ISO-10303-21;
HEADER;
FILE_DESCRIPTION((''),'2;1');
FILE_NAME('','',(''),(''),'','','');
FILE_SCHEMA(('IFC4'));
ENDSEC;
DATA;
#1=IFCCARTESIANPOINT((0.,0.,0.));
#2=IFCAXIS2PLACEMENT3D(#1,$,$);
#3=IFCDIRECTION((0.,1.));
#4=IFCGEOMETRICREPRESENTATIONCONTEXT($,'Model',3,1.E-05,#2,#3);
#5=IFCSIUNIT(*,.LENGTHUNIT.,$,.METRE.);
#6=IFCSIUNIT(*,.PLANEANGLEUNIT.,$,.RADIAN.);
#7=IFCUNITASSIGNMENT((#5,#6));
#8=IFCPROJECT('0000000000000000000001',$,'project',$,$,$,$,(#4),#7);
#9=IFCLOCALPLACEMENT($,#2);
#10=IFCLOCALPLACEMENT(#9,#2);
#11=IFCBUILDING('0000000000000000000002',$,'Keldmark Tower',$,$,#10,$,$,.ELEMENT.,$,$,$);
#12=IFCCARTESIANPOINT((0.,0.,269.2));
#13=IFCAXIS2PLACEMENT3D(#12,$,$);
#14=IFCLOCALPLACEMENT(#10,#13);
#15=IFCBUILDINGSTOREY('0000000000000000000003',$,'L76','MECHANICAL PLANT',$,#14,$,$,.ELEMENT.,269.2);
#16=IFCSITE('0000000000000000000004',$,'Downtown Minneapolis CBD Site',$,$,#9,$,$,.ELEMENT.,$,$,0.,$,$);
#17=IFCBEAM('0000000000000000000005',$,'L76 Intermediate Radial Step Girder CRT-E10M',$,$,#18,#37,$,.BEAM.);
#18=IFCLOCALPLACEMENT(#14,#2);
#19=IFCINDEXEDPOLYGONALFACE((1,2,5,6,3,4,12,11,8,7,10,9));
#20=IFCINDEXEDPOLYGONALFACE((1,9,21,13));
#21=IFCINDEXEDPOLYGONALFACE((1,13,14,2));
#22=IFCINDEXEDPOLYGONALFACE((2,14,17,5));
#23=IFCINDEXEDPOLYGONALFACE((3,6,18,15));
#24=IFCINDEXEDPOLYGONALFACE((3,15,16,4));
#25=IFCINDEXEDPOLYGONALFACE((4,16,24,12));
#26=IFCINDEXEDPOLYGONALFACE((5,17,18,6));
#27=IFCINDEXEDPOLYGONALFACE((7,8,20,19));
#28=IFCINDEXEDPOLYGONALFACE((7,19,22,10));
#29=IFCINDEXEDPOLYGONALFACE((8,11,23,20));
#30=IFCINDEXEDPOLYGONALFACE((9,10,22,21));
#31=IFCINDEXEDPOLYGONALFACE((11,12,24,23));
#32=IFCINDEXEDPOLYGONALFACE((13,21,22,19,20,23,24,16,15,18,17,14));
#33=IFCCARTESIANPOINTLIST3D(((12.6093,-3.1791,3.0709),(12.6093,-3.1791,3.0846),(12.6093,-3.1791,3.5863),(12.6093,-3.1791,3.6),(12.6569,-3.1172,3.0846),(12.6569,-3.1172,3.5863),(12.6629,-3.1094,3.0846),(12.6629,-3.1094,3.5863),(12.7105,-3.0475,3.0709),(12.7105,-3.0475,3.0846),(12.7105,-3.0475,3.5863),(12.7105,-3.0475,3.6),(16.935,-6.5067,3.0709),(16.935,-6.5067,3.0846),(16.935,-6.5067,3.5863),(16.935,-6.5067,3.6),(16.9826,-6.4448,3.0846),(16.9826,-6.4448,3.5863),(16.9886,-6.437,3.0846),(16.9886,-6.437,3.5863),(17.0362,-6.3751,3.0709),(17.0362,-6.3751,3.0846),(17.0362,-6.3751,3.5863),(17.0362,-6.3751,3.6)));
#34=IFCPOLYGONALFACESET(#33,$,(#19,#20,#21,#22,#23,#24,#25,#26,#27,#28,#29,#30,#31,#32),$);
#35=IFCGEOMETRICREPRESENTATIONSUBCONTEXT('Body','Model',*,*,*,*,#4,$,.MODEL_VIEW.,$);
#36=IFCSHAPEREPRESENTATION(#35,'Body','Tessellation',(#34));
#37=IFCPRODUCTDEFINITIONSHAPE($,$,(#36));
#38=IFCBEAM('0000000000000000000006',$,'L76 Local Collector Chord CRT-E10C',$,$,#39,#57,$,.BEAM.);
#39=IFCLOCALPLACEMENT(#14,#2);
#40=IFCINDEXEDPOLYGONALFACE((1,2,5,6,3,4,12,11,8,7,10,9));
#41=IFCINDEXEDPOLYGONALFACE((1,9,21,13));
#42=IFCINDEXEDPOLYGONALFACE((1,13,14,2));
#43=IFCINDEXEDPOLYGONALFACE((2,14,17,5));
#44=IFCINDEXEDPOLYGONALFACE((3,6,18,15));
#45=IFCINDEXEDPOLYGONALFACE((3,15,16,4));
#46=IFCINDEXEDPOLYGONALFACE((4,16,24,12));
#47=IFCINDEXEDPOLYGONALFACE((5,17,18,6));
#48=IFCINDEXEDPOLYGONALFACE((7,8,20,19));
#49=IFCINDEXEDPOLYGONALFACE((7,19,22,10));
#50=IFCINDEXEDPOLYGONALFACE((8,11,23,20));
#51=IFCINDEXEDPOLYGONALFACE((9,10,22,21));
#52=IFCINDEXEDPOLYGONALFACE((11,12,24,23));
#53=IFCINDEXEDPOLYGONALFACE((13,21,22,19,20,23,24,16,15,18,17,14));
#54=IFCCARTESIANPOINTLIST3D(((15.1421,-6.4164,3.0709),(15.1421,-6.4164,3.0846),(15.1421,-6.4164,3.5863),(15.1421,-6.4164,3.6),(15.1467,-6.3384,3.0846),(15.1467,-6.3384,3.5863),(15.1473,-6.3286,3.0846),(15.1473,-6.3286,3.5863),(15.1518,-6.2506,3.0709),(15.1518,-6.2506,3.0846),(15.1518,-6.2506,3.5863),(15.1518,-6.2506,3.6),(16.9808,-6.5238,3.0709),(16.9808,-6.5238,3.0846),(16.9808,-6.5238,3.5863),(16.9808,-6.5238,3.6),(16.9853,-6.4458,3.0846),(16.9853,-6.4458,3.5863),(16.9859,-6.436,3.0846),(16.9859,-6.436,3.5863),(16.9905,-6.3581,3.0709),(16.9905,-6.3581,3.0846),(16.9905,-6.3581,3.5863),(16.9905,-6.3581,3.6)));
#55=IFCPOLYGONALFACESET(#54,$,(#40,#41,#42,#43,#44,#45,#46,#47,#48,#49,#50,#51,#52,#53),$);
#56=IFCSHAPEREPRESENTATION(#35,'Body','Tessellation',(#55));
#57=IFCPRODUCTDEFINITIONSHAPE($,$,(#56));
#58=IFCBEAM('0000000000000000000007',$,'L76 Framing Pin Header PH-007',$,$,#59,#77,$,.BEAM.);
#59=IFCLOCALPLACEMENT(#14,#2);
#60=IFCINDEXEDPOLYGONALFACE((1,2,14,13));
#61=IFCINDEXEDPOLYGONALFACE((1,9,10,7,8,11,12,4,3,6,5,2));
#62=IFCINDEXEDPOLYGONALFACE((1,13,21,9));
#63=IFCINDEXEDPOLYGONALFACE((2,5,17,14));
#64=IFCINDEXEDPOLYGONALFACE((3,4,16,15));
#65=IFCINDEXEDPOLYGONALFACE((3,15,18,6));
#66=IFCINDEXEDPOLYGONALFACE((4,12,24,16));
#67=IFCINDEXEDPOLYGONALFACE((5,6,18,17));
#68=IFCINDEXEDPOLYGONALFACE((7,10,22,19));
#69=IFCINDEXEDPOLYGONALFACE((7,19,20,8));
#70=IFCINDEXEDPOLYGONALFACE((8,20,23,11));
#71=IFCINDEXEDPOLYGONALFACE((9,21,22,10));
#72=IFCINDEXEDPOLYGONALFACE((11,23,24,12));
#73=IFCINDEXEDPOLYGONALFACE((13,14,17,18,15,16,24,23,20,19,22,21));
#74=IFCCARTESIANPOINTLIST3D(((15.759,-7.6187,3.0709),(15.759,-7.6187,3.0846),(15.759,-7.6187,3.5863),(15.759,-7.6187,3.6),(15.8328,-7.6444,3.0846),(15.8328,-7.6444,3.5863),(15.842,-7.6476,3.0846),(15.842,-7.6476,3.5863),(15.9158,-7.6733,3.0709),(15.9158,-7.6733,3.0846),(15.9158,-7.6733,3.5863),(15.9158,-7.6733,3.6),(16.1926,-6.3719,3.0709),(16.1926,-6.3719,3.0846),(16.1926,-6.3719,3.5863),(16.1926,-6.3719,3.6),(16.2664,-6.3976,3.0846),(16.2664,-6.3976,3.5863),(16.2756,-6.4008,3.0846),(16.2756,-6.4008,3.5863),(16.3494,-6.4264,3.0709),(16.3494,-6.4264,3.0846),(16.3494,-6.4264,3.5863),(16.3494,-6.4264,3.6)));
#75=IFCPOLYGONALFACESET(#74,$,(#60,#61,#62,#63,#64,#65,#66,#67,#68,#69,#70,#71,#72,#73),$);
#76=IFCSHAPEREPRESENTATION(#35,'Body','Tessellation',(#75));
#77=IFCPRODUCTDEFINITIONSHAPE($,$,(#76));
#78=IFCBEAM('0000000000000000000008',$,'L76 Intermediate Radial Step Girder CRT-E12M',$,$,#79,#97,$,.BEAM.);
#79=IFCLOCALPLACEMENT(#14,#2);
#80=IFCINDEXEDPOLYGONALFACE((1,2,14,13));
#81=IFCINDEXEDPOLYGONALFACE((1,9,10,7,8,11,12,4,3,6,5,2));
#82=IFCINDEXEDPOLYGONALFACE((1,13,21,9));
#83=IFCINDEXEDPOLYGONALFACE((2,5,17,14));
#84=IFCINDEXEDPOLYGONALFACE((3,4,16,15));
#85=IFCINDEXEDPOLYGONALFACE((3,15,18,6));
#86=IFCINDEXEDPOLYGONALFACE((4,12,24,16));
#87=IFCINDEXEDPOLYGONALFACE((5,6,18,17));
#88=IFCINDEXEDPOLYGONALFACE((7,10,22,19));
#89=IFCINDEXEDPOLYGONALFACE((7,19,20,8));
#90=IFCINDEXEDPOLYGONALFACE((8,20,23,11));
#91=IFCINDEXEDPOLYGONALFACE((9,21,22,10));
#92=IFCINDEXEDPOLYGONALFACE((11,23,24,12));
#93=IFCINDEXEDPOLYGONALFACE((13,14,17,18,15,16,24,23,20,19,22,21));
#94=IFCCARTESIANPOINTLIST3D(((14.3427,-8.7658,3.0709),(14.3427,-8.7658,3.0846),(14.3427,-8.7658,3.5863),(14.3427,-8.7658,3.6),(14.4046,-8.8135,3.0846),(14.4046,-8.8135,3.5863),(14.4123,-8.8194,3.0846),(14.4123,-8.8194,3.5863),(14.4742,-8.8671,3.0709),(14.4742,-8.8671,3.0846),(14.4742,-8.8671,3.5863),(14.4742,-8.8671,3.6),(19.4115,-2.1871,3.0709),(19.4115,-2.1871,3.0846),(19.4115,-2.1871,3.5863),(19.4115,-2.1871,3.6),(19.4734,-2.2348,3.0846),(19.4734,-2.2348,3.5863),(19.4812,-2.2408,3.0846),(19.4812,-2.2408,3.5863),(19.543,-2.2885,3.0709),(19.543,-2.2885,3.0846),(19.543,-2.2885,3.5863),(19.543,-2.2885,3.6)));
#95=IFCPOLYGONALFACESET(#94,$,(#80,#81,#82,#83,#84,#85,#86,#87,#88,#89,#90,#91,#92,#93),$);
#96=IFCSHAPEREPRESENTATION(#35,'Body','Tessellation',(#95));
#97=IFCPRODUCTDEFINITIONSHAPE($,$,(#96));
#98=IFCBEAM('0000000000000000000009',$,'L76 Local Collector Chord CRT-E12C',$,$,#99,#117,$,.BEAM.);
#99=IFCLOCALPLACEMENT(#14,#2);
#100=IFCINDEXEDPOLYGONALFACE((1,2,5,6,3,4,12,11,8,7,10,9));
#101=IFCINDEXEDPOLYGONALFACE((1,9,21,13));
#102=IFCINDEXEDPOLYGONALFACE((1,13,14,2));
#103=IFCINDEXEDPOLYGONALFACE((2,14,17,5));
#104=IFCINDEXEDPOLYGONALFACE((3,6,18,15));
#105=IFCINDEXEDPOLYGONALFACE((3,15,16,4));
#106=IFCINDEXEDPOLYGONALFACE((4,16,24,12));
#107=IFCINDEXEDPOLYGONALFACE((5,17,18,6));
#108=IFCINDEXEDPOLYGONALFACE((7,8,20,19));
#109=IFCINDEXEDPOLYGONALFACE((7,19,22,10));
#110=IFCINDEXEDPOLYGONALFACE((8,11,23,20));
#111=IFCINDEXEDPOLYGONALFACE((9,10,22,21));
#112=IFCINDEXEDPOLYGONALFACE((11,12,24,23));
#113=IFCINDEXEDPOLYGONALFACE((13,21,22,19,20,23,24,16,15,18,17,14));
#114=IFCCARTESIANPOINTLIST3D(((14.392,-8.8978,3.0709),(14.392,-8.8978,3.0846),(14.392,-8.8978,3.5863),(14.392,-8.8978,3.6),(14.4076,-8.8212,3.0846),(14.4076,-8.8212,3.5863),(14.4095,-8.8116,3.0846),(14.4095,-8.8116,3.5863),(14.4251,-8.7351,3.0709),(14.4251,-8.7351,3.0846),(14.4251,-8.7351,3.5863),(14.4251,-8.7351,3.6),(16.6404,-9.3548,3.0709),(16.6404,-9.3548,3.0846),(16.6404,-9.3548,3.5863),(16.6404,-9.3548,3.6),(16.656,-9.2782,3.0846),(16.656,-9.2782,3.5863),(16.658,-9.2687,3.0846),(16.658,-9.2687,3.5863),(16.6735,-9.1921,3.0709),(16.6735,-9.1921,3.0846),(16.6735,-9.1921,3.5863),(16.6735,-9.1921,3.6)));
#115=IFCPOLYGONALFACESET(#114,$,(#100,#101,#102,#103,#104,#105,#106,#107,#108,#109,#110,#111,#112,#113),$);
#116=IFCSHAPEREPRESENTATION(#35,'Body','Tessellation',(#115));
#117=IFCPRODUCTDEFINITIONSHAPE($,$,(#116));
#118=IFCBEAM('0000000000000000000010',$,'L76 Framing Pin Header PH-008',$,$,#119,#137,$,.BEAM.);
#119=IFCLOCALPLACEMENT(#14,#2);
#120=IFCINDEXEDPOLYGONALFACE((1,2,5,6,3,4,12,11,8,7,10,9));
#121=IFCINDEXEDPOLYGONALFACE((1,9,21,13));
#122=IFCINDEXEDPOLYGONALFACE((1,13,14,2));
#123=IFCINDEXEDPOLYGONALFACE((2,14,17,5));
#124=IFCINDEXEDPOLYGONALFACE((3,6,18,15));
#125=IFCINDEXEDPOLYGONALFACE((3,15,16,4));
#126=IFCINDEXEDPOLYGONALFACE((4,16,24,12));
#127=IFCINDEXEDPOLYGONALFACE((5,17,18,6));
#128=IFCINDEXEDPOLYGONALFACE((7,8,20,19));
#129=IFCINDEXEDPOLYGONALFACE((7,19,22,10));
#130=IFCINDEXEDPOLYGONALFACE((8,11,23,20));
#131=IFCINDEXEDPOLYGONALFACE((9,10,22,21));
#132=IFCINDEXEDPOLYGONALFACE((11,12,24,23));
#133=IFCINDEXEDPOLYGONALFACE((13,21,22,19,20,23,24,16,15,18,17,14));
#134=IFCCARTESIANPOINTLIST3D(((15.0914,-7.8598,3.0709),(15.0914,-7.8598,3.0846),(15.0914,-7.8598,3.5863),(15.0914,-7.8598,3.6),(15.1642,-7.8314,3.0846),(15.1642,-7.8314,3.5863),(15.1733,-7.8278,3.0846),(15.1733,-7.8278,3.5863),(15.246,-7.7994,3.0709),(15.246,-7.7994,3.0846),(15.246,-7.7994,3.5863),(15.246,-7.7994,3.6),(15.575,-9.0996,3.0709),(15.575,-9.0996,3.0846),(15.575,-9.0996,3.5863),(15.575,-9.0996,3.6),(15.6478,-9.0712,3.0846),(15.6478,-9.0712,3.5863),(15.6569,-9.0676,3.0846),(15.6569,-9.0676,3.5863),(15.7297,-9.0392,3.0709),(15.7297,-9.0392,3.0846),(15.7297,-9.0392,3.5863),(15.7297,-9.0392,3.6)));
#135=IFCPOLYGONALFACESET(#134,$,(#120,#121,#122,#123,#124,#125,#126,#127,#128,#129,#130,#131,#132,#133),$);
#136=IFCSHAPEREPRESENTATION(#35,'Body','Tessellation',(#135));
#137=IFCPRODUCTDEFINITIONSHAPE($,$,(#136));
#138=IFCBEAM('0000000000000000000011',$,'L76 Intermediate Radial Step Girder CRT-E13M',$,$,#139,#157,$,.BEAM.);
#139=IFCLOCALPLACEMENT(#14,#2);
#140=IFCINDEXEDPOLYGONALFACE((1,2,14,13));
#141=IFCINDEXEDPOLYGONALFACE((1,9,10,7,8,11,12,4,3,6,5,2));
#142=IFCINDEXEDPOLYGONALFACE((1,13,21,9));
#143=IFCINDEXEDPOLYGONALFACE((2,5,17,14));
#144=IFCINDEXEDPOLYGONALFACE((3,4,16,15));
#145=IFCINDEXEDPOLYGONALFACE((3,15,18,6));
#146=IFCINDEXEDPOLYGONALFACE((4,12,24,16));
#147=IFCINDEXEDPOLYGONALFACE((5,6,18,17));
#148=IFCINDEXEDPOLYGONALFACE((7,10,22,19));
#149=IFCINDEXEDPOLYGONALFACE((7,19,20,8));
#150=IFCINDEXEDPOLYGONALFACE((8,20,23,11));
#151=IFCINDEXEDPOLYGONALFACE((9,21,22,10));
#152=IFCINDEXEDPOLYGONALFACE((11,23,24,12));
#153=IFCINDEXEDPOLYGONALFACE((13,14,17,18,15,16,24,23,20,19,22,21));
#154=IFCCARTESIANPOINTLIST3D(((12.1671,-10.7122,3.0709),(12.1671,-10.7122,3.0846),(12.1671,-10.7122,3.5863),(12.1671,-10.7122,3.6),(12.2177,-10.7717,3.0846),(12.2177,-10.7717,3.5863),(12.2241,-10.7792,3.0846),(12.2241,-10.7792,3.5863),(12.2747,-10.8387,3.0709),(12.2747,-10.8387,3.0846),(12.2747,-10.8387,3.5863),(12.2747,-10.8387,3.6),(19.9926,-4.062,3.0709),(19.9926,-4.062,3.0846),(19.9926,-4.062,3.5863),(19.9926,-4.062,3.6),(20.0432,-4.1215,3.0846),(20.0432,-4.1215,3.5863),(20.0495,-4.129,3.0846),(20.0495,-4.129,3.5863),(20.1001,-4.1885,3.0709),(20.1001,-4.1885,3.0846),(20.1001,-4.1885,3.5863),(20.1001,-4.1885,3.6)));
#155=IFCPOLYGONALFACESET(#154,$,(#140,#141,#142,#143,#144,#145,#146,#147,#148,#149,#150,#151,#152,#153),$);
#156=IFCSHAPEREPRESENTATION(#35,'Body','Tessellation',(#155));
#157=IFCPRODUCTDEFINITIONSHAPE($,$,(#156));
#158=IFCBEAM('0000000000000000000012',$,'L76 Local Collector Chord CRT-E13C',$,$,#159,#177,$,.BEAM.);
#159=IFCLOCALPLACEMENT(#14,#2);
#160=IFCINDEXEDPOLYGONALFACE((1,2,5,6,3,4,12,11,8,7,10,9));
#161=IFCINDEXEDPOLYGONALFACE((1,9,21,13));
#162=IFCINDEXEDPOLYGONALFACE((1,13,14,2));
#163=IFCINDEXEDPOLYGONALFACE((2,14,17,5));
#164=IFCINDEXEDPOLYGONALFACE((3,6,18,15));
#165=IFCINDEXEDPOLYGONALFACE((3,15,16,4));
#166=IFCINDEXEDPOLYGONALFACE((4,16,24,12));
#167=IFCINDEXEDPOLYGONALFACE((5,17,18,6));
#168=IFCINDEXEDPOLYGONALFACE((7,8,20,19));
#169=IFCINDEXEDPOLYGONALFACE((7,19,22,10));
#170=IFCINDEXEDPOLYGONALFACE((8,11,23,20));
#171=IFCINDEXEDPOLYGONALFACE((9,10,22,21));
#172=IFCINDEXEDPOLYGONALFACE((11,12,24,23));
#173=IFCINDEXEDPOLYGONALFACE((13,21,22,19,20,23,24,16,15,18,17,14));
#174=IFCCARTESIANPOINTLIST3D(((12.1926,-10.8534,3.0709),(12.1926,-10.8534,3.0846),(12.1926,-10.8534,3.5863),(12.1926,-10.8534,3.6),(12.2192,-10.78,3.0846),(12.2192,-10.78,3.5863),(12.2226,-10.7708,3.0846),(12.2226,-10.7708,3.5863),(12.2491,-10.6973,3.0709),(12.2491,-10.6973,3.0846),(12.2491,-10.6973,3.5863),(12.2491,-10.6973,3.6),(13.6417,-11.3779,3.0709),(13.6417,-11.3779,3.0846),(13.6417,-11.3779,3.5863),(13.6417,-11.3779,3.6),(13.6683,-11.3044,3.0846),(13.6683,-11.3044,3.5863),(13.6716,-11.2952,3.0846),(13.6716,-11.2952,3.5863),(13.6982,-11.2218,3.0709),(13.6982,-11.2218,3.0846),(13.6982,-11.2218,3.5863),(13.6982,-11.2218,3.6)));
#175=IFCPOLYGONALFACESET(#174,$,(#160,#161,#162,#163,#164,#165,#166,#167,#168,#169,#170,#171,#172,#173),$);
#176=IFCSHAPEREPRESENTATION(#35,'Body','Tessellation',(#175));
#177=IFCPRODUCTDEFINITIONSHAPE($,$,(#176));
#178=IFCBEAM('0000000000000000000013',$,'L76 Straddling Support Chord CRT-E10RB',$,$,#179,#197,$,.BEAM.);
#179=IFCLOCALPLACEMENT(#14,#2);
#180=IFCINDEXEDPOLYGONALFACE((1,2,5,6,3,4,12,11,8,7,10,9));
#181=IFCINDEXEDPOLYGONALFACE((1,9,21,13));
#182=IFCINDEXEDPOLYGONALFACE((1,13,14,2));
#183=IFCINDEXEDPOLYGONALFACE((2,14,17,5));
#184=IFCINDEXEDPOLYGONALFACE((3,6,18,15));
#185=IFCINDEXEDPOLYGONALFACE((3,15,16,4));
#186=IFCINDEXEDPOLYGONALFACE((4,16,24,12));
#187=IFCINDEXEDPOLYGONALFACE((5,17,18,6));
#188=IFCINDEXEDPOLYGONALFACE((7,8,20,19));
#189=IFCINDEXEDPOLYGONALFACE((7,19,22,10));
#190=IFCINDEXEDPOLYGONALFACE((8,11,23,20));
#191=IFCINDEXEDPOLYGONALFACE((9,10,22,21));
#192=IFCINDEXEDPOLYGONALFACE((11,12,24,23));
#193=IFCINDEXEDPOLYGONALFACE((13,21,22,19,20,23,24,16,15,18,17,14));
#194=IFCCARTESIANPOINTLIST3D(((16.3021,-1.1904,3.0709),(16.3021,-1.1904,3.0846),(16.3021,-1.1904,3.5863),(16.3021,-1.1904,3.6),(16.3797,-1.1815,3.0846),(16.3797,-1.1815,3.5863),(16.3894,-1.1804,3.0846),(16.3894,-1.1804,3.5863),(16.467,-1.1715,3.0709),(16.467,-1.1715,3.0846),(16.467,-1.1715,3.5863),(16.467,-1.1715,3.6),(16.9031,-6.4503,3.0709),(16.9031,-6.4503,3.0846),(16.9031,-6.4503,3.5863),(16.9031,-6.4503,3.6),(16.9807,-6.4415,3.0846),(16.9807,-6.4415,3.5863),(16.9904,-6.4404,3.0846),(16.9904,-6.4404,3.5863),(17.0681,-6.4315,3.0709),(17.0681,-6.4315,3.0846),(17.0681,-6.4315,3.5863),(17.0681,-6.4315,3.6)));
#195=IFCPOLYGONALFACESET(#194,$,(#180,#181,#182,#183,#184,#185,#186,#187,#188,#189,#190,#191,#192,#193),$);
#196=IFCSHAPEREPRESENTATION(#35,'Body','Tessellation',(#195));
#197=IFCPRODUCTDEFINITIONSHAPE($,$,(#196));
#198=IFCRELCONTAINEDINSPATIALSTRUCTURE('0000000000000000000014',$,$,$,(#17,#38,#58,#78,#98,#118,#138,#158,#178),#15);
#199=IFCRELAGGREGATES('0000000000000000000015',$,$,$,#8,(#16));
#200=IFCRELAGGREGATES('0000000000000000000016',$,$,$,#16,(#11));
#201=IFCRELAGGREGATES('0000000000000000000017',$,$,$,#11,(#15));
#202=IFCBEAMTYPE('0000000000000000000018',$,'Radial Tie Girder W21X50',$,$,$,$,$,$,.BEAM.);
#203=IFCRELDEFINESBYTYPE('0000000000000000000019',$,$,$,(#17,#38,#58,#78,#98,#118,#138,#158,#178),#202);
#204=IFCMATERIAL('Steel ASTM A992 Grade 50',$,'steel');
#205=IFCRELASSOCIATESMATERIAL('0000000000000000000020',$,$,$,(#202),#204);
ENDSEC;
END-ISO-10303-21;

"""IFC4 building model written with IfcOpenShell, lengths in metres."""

from ifc_helpers import new_model, si_unit, direction, frame, origin, origin_2d, place, context, subcontext, project, spatial, i_section, extrude, material, material_profile, profile_set, type_object, element, save


model = new_model("IFC4")

# Units and contexts
model_context = context("Model", 3, precision=1e-05, world=origin(), true_north=direction((0.0, 1.0)))
body_context = subcontext(model_context, "Body", "Model", "MODEL_VIEW")
ifc_project = project(units=[si_unit("LENGTHUNIT", "METRE"), si_unit("PLANEANGLEUNIT", "RADIAN")], contexts=[model_context])

# Site, building, storey
site_placement = place(None, origin())
site = spatial("IfcSite", under=ifc_project, at=site_placement, Name="Downtown Minneapolis CBD Site", CompositionType="ELEMENT", RefElevation=0.0)
building_placement = place(site_placement, origin())
building = spatial("IfcBuilding", under=site, at=building_placement, Name="Keldmark Tower", CompositionType="ELEMENT")
storey_placement = place(building_placement, frame((0.0, 0.0, 269.2)))
storey = spatial("IfcBuildingStorey", under=building, at=storey_placement, Name="L76", Description="MECHANICAL PLANT", CompositionType="ELEMENT", Elevation=269.2)

# Beams
ifc_material_1 = material(Name="Steel ASTM A992 Grade 50", Category="steel")
ifc_material_profile_1 = material_profile(ifc_material_1, i_section(OverallWidth=0.166, OverallDepth=0.5291, WebThickness=0.0098, FlangeThickness=0.0137, at=origin_2d()), Name="W21X50")
ifc_profile_set_1 = profile_set([ifc_material_profile_1], Name="Steel ASTM A992 Grade 50")
beam_type_1 = type_object("IfcBeamType", Name="Radial Tie Girder W21X50", PredefinedType="BEAM", material=ifc_profile_set_1)
beam_1_placement = place(storey_placement, frame((12.6599, -3.1133, 3.3354), z_axis=(0.792607, -0.609732, 0.0), x_axis=(0.609732, 0.792607, 0.0)))
element("IfcBeam", 1, at=beam_1_placement, inside=storey, type_object=beam_type_1, Name="L76 Intermediate Radial Step Girder CRT-E10M", PredefinedType="BEAM", context=body_context, shape_type="SweptSolid", body=[
    extrude(i_section(OverallWidth=0.166, OverallDepth=0.5291, WebThickness=0.0098, FlangeThickness=0.0137, at=origin_2d()), origin(), (0.0, 0.0, 1.0), 5.4575),
])
beam_2_placement = place(storey_placement, frame((15.147, -6.3335, 3.3354), z_axis=(0.998298, -0.058326, 0.0), x_axis=(0.058326, 0.998298, 0.0)))
element("IfcBeam", 2, at=beam_2_placement, inside=storey, type_object=beam_type_1, Name="L76 Local Collector Chord CRT-E10C", PredefinedType="BEAM", context=body_context, shape_type="SweptSolid", body=[
    extrude(i_section(OverallWidth=0.166, OverallDepth=0.5291, WebThickness=0.0098, FlangeThickness=0.0137, at=origin_2d()), origin(), (0.0, 0.0, 1.0), 1.8418),
])
beam_3_placement = place(storey_placement, frame((15.8374, -7.646, 3.3354), z_axis=(0.328463, 0.944517, 0.0), x_axis=(-0.944517, 0.328463, 0.0)))
element("IfcBeam", 3, at=beam_3_placement, inside=storey, type_object=beam_type_1, Name="L76 Framing Pin Header PH-007", PredefinedType="BEAM", context=body_context, shape_type="SweptSolid", body=[
    extrude(i_section(OverallWidth=0.166, OverallDepth=0.5291, WebThickness=0.0098, FlangeThickness=0.0137, at=origin_2d()), origin(), (0.0, 0.0, 1.0), 1.3201),
])
beam_4_placement = place(storey_placement, frame((19.4773, -2.2378, 3.3354), z_axis=(-0.610344, -0.792136, 0.0), x_axis=(0.792136, -0.610344, 0.0)))
element("IfcBeam", 4, at=beam_4_placement, inside=storey, type_object=beam_type_1, Name="L76 Intermediate Radial Step Girder CRT-E12M", PredefinedType="BEAM", context=body_context, shape_type="SweptSolid", body=[
    extrude(i_section(OverallWidth=0.166, OverallDepth=0.5291, WebThickness=0.0098, FlangeThickness=0.0137, at=origin_2d()), origin(), (0.0, 0.0, 1.0), 8.3049),
])
beam_5_placement = place(storey_placement, frame((16.657, -9.2734, 3.3354), z_axis=(-0.979962, 0.199184, 0.0), x_axis=(-0.199184, -0.979962, 0.0)))
element("IfcBeam", 5, at=beam_5_placement, inside=storey, type_object=beam_type_1, Name="L76 Local Collector Chord CRT-E12C", PredefinedType="BEAM", context=body_context, shape_type="SweptSolid", body=[
    extrude(i_section(OverallWidth=0.166, OverallDepth=0.5291, WebThickness=0.0098, FlangeThickness=0.0137, at=origin_2d()), origin(), (0.0, 0.0, 1.0), 2.2944),
])
beam_6_placement = place(storey_placement, frame((15.1687, -7.8296, 3.3354), z_axis=(0.363438, -0.931619, 0.0), x_axis=(0.931619, 0.363438, 0.0)))
element("IfcBeam", 6, at=beam_6_placement, inside=storey, type_object=beam_type_1, Name="L76 Framing Pin Header PH-008", PredefinedType="BEAM", context=body_context, shape_type="SweptSolid", body=[
    extrude(i_section(OverallWidth=0.166, OverallDepth=0.5291, WebThickness=0.0098, FlangeThickness=0.0137, at=origin_2d()), origin(), (0.0, 0.0, 1.0), 1.3308),
])
beam_7_placement = place(storey_placement, frame((20.0464, -4.1252, 3.3354), z_axis=(-0.76201, -0.647565, 0.0), x_axis=(0.647565, -0.76201, 0.0)))
element("IfcBeam", 7, at=beam_7_placement, inside=storey, type_object=beam_type_1, Name="L76 Intermediate Radial Step Girder CRT-E13M", PredefinedType="BEAM", context=body_context, shape_type="SweptSolid", body=[
    extrude(i_section(OverallWidth=0.166, OverallDepth=0.5291, WebThickness=0.0098, FlangeThickness=0.0137, at=origin_2d()), origin(), (0.0, 0.0, 1.0), 10.2695),
])
beam_8_placement = place(storey_placement, frame((13.6699, -11.2998, 3.3354), z_axis=(-0.94031, 0.340318, 0.0), x_axis=(-0.340318, -0.94031, 0.0)))
element("IfcBeam", 8, at=beam_8_placement, inside=storey, type_object=beam_type_1, Name="L76 Local Collector Chord CRT-E13C", PredefinedType="BEAM", context=body_context, shape_type="SweptSolid", body=[
    extrude(i_section(OverallWidth=0.166, OverallDepth=0.5291, WebThickness=0.0098, FlangeThickness=0.0137, at=origin_2d()), origin(), (0.0, 0.0, 1.0), 1.541),
])
beam_9_placement = place(storey_placement, frame((16.9856, -6.4409, 3.3354), z_axis=(-0.113534, 0.993534, 0.0), x_axis=(-0.993534, -0.113534, 0.0)))
element("IfcBeam", 9, at=beam_9_placement, inside=storey, type_object=beam_type_1, Name="L76 Straddling Support Chord CRT-E10RB", PredefinedType="BEAM", context=body_context, shape_type="SweptSolid", body=[
    extrude(i_section(OverallWidth=0.166, OverallDepth=0.5291, WebThickness=0.0098, FlangeThickness=0.0137, at=origin_2d()), origin(), (0.0, 0.0, 1.0), 5.2942),
])

save(model, "model.ifc")
